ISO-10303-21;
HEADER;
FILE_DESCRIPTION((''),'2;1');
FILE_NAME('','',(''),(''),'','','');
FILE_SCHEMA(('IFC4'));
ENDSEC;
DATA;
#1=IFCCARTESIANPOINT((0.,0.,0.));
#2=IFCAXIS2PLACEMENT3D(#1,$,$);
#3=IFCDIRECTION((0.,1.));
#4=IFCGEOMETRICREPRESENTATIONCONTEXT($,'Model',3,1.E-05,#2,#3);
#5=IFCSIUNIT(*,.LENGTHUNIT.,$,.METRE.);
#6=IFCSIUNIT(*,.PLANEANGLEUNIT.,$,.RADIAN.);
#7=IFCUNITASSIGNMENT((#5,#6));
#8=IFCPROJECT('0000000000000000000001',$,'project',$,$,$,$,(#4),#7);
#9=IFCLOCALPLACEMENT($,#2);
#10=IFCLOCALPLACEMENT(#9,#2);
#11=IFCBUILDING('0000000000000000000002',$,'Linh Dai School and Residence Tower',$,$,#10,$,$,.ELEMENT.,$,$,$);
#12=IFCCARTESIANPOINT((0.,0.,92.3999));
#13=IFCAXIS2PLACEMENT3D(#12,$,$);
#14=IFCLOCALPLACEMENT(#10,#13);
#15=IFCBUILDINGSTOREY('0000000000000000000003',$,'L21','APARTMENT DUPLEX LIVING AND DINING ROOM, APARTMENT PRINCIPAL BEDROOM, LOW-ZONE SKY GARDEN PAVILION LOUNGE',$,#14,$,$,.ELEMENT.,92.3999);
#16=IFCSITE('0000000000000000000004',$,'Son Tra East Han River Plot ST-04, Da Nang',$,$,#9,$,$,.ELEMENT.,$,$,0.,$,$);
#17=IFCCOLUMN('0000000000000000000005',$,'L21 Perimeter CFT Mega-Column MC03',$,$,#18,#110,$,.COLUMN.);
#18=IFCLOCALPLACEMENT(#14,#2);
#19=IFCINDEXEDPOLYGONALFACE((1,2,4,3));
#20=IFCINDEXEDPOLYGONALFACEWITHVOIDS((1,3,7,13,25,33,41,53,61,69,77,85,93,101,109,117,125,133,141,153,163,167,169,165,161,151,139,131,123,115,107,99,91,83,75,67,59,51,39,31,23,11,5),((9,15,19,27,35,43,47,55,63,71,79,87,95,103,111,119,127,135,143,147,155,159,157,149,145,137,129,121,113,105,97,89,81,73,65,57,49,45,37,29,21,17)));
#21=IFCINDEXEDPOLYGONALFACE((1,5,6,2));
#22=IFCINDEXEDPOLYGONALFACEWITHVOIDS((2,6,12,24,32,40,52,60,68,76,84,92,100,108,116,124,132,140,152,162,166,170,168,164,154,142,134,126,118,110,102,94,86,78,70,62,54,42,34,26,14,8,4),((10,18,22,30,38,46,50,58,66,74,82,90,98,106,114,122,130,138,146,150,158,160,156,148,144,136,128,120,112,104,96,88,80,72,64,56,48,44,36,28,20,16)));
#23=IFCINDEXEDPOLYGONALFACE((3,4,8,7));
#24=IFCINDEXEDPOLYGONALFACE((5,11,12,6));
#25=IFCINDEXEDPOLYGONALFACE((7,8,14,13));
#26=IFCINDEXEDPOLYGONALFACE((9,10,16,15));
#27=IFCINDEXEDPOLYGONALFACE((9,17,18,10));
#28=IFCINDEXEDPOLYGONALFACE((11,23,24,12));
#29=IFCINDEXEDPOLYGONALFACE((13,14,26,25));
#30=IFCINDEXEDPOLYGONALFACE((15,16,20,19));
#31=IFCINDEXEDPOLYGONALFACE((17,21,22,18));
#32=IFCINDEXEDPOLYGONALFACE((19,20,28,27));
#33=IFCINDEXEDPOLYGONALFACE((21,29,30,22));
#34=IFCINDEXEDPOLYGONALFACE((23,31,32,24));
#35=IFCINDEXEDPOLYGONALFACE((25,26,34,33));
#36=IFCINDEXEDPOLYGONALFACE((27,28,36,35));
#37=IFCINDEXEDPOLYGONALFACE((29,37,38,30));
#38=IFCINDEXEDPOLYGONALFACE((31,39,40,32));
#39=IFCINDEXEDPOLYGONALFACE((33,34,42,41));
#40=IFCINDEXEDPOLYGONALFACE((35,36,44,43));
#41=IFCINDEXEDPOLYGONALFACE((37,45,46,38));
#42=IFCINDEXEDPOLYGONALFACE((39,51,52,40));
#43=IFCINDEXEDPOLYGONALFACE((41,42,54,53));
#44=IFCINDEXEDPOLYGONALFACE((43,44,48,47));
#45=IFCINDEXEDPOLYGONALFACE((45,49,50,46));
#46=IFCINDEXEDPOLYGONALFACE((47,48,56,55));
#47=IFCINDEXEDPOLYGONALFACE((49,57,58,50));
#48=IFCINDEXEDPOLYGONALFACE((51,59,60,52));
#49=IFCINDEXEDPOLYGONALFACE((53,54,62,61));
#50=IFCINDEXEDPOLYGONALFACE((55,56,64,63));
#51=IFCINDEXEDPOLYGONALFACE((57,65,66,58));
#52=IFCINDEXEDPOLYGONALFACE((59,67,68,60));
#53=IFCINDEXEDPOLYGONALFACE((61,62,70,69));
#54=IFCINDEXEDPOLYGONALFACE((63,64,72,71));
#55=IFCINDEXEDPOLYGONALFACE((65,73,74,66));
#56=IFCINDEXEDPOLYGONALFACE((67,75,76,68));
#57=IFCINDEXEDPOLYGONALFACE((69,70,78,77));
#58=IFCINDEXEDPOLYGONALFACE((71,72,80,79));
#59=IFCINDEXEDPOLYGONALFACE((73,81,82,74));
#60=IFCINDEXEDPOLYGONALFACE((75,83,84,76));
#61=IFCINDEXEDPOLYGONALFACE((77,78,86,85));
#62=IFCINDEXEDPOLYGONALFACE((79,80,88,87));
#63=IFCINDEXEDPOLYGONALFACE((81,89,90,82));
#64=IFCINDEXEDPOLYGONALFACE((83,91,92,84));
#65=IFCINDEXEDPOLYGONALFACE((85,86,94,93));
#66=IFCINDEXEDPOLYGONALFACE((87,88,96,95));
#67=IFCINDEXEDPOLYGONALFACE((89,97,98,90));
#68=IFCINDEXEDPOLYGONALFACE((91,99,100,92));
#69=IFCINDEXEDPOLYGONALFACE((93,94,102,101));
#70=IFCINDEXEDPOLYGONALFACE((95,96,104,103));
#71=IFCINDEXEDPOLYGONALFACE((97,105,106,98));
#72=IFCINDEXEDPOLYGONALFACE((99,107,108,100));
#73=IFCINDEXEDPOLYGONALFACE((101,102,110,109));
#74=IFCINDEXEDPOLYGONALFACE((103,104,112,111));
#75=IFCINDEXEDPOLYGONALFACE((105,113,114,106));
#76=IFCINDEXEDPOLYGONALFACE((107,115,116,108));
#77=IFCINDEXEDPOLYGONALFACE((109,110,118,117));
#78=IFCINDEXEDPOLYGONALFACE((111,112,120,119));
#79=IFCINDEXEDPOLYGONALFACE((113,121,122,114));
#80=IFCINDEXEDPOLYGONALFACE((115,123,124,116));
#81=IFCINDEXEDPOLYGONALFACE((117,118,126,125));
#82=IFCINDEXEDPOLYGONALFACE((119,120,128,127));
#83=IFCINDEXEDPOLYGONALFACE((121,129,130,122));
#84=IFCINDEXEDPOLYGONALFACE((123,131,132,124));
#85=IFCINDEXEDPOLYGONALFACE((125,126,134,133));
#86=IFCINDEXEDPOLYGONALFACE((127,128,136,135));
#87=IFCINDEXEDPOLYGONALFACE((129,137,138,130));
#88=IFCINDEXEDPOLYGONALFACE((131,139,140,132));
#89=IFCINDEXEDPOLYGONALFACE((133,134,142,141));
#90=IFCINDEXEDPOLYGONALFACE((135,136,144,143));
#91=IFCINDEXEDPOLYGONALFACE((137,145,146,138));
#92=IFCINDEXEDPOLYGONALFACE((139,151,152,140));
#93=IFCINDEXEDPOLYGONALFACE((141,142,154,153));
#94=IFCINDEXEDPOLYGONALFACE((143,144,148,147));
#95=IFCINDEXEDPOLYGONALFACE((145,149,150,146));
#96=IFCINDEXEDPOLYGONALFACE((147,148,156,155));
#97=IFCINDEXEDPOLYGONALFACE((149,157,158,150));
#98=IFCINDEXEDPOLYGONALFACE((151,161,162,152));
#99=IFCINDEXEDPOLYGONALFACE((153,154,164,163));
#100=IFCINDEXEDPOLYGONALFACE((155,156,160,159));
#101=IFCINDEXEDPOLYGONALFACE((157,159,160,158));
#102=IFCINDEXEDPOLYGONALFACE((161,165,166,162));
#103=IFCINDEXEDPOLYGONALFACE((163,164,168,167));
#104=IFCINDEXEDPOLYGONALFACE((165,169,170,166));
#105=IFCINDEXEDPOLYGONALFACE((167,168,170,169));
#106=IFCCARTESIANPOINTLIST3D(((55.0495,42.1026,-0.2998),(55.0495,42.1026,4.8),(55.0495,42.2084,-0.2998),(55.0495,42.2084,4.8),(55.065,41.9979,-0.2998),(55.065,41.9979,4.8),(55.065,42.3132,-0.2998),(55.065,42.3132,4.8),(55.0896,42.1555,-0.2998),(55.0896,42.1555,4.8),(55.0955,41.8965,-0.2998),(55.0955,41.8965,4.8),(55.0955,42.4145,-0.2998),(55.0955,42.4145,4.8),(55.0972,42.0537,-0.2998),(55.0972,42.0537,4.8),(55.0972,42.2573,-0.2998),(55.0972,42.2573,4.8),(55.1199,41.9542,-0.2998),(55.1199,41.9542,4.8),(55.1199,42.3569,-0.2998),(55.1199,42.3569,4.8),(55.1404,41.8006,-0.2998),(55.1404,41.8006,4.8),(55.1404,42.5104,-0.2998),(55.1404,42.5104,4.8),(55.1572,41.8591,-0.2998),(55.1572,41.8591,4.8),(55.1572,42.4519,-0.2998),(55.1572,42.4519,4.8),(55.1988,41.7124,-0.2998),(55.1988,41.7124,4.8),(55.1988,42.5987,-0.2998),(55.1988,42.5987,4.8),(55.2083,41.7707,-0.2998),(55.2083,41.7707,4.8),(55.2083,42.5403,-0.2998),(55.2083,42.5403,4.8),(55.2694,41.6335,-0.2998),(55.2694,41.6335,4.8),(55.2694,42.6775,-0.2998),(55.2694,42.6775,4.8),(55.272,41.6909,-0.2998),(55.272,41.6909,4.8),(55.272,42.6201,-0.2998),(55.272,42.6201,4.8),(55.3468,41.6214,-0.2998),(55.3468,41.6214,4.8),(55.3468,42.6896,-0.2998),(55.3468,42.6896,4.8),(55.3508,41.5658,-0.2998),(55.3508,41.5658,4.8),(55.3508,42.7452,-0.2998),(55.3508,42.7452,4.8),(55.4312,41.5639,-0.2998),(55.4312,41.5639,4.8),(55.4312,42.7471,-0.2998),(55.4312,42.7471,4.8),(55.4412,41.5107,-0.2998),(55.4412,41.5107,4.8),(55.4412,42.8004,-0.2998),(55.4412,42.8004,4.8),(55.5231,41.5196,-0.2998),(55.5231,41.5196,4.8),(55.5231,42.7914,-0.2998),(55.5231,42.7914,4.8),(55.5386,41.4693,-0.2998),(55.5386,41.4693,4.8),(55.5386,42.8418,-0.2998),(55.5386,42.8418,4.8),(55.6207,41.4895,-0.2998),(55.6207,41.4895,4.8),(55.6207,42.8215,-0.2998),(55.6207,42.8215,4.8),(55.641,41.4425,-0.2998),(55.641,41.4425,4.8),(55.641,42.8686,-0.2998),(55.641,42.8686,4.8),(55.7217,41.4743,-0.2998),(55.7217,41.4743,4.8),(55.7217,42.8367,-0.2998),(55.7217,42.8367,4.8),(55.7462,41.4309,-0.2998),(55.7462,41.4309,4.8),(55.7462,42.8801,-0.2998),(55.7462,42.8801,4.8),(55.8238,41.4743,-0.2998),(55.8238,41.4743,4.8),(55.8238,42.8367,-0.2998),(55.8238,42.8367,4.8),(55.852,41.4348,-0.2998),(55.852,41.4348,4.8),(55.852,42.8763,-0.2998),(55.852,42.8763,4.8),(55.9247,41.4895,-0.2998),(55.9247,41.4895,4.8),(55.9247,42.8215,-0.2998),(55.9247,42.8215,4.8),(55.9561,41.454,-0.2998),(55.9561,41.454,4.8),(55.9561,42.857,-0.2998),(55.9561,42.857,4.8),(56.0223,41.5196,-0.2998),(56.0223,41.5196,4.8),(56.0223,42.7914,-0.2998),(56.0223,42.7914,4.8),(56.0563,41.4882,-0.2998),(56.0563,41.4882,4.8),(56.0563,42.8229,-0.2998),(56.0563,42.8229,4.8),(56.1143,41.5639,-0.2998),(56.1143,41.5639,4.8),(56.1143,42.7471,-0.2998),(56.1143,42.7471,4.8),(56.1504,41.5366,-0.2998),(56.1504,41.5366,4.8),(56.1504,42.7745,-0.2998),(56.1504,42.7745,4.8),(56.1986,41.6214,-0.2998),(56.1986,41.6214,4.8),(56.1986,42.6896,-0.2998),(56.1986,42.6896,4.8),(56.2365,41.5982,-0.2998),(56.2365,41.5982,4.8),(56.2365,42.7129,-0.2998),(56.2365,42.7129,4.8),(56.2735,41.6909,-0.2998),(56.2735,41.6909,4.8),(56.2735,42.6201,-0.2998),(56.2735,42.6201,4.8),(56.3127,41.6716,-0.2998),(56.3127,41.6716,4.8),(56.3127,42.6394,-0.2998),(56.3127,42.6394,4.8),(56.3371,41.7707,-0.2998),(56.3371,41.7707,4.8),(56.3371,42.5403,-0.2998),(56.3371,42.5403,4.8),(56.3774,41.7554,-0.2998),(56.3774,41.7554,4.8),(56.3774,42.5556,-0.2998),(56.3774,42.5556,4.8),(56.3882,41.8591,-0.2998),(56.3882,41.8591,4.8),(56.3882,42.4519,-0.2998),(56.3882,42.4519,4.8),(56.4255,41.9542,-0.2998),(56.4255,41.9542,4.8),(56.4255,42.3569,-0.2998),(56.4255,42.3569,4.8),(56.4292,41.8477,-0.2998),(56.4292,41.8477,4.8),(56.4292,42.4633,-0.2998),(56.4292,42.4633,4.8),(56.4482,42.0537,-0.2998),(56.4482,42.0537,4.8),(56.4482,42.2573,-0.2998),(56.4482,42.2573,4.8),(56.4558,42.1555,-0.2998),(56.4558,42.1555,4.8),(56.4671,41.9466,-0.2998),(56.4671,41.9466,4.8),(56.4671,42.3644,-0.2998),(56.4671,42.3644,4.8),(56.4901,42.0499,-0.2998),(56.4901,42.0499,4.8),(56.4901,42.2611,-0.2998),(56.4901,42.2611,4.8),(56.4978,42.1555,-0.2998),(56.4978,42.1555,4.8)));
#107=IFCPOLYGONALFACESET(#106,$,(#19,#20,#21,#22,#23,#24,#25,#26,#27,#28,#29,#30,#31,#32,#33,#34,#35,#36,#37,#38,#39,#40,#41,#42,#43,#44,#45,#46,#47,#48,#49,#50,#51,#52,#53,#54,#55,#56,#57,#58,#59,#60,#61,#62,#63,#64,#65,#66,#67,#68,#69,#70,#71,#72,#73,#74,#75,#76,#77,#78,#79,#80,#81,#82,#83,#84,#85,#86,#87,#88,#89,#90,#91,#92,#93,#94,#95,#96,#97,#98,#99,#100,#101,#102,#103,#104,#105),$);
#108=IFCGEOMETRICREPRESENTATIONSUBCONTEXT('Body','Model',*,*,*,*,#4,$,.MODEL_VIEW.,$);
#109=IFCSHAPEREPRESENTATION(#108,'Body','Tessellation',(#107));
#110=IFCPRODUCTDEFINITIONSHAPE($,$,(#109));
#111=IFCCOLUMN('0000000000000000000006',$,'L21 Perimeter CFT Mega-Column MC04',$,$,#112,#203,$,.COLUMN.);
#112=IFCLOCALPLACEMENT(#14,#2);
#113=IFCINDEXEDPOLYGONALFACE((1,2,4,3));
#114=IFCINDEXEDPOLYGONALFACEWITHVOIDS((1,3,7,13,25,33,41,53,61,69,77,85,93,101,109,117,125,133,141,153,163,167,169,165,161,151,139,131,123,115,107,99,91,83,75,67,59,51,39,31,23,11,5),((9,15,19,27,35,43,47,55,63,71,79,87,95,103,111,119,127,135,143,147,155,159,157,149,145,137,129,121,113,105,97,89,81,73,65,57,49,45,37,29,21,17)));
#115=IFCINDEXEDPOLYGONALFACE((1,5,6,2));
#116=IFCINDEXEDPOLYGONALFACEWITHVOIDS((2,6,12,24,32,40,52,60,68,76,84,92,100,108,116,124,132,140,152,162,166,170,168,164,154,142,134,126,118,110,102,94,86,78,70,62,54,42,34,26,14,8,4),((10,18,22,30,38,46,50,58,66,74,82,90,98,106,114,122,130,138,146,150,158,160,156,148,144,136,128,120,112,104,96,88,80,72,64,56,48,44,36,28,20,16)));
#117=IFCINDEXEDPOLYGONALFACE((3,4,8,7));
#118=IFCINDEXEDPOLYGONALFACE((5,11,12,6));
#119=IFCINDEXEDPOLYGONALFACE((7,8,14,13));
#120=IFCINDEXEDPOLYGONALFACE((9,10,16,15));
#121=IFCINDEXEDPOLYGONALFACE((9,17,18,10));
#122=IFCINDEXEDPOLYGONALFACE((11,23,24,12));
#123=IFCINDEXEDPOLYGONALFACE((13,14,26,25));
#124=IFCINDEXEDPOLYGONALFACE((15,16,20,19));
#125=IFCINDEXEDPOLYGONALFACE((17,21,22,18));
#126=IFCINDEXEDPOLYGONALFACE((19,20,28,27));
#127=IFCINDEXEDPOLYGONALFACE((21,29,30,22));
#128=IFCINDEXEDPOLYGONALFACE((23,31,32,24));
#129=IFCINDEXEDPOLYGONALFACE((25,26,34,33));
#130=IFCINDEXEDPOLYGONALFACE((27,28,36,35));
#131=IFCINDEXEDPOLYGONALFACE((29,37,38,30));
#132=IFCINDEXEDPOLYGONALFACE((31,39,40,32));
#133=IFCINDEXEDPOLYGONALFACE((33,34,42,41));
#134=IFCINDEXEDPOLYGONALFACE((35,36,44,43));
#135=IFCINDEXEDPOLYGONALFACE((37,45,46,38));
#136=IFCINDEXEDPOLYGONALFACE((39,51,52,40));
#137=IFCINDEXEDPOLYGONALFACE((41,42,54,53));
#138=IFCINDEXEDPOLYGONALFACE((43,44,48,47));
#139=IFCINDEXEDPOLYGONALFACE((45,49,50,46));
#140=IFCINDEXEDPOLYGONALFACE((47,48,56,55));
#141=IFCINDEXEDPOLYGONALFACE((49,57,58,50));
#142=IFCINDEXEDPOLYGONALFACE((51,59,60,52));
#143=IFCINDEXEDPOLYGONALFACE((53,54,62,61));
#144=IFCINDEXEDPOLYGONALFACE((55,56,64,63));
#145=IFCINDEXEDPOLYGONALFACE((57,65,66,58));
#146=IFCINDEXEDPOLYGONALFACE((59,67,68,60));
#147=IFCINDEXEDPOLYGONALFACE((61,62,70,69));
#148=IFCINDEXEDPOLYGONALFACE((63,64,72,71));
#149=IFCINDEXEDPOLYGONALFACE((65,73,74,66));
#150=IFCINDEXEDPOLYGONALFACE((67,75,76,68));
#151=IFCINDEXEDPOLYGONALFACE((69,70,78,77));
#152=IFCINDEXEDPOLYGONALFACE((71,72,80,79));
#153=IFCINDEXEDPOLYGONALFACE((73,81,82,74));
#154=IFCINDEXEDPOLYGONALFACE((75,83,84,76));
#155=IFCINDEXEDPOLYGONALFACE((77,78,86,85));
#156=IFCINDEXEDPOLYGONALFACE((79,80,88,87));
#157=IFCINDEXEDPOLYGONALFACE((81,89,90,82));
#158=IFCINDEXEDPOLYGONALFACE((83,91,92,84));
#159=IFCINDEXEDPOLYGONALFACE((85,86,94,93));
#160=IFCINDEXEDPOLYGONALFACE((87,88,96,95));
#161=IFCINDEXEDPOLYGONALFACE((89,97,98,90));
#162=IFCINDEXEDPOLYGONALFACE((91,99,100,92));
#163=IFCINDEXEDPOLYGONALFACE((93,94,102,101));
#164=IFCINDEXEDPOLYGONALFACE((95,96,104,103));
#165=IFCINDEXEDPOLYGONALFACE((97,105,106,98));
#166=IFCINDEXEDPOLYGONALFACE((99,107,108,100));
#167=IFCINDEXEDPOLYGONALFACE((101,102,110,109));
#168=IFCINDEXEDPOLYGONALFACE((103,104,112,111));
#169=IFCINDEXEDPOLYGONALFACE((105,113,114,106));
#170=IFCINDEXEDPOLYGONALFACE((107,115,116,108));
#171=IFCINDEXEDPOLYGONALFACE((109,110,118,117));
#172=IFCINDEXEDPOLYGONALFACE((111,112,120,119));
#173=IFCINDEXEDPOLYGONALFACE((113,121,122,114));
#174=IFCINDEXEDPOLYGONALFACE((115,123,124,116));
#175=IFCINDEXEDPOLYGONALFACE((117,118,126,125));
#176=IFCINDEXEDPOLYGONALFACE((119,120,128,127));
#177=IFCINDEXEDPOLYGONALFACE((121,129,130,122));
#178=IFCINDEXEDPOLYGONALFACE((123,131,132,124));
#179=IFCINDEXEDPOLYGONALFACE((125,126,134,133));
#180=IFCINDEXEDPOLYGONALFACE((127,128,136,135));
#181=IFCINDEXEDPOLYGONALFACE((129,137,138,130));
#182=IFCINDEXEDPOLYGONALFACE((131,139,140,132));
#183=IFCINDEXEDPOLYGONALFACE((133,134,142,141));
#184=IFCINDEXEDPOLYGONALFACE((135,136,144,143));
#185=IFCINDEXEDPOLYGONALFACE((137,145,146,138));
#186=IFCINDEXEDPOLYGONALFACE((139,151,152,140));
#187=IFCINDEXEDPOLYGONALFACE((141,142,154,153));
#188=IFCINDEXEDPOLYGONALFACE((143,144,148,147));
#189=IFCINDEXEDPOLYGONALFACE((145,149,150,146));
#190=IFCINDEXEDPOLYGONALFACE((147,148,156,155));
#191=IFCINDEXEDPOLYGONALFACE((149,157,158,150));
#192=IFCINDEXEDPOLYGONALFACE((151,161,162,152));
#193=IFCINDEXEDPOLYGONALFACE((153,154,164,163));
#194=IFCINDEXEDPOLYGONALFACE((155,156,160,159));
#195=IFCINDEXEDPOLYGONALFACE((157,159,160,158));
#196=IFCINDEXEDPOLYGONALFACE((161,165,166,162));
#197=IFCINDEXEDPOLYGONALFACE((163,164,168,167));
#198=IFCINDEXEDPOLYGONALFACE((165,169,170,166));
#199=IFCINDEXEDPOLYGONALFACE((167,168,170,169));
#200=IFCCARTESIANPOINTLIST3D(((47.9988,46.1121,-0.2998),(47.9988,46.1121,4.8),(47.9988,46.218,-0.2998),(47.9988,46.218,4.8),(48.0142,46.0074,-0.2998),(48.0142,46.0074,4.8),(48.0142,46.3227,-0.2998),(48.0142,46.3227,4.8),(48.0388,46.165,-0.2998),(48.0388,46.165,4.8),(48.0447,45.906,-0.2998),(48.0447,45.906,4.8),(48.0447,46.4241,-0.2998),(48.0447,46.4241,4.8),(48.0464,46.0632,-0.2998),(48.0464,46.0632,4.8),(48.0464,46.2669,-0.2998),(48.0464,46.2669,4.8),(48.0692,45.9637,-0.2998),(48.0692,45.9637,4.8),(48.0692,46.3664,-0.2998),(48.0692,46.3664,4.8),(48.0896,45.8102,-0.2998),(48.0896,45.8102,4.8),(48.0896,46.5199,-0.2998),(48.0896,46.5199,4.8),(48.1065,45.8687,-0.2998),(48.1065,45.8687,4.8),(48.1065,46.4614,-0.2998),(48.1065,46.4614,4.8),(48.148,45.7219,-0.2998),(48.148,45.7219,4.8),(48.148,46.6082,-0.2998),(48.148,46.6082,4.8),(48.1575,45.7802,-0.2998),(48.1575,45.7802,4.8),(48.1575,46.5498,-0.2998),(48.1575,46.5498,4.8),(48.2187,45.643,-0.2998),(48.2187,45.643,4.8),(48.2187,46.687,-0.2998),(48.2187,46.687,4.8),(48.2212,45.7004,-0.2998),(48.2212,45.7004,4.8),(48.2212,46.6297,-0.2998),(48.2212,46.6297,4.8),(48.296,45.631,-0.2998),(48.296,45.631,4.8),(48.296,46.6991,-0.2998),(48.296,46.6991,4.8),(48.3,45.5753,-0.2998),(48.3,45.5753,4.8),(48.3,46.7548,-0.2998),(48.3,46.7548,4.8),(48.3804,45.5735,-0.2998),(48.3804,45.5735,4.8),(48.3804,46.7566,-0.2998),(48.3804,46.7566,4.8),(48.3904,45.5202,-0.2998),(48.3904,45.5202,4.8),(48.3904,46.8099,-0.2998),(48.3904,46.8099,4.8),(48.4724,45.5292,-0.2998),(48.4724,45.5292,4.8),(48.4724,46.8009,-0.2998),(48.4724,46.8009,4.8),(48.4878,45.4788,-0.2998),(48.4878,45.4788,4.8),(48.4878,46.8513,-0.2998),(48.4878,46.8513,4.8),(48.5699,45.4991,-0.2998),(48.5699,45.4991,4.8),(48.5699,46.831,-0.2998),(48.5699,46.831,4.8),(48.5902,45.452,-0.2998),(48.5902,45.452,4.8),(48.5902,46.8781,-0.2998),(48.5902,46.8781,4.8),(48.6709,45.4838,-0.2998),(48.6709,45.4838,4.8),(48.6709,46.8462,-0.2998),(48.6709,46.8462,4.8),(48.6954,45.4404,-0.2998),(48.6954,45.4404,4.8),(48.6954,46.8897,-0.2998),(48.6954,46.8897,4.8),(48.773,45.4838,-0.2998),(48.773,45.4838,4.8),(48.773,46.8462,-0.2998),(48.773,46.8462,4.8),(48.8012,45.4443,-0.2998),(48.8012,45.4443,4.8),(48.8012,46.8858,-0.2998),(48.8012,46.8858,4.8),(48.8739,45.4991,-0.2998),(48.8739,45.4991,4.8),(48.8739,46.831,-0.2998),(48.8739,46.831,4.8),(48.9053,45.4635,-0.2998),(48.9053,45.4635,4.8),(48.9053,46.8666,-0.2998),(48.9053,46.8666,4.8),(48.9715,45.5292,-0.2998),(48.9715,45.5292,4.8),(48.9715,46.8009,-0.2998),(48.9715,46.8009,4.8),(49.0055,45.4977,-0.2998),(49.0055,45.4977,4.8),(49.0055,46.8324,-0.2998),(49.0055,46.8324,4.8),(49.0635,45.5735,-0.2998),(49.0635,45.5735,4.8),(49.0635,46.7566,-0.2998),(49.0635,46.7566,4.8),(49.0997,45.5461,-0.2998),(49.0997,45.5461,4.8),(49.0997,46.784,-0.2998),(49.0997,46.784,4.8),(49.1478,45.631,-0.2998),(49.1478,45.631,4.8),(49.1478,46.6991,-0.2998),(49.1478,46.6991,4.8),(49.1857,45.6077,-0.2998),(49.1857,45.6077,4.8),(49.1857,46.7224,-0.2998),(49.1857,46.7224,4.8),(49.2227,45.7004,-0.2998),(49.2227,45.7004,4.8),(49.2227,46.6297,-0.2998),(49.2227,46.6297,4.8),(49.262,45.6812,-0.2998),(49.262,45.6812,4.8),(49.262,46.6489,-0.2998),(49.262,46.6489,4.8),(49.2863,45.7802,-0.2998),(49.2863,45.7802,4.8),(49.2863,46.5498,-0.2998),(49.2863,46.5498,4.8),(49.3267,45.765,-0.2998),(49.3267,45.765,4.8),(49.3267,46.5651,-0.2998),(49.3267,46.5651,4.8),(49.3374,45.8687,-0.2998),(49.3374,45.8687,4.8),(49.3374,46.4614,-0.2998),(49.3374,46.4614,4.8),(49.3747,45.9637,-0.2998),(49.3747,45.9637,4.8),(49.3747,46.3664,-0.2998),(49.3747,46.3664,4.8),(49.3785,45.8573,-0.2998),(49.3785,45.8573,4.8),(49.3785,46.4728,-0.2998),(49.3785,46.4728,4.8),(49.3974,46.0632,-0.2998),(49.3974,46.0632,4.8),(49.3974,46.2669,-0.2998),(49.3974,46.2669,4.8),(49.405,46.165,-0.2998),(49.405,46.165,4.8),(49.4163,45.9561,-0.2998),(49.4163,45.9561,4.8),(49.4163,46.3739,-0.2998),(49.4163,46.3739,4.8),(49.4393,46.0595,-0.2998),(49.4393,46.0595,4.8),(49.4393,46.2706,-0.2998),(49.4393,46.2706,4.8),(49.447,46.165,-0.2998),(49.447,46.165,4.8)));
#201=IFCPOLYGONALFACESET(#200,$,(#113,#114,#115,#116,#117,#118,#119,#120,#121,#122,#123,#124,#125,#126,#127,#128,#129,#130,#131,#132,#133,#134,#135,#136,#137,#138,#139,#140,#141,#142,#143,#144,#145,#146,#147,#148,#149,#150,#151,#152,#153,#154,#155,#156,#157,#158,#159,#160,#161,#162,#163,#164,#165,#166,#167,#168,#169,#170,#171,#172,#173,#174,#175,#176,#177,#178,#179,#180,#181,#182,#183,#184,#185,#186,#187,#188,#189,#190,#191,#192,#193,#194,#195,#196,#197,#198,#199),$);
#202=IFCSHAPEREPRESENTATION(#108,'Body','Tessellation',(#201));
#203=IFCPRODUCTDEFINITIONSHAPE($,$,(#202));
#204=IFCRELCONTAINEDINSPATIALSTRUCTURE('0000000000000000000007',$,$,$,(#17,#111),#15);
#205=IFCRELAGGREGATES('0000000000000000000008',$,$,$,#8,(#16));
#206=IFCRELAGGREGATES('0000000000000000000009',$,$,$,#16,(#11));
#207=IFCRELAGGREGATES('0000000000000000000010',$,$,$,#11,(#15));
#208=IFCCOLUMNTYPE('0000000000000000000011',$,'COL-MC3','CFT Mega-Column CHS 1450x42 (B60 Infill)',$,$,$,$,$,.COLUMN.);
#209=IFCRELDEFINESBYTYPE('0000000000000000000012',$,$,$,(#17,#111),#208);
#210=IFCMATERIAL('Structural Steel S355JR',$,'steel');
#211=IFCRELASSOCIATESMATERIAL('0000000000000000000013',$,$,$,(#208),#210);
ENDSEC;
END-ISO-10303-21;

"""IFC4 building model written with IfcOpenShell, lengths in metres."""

from ifc_helpers import new_model, si_unit, direction, frame, origin, origin_2d, place, context, subcontext, project, spatial, hollow_circle, extrude, material, material_profile, profile_set, type_object, element, save


model = new_model("IFC4")

# Units and contexts
model_context = context("Model", 3, precision=1e-05, world=origin(), true_north=direction((0.0, 1.0)))
body_context = subcontext(model_context, "Body", "Model", "MODEL_VIEW")
ifc_project = project(units=[si_unit("LENGTHUNIT", "METRE"), si_unit("PLANEANGLEUNIT", "RADIAN")], contexts=[model_context])

# Site, building, storey
site_placement = place(None, origin())
site = spatial("IfcSite", under=ifc_project, at=site_placement, Name="Son Tra East Han River Plot ST-04, Da Nang", CompositionType="ELEMENT", RefElevation=0.0)
building_placement = place(site_placement, origin())
building = spatial("IfcBuilding", under=site, at=building_placement, Name="Linh Dai School and Residence Tower", CompositionType="ELEMENT")
storey_placement = place(building_placement, frame((0.0, 0.0, 92.3999)))
storey = spatial("IfcBuildingStorey", under=building, at=storey_placement, Name="L21", Description="APARTMENT DUPLEX LIVING AND DINING ROOM, APARTMENT PRINCIPAL BEDROOM, LOW-ZONE SKY GARDEN PAVILION LOUNGE", CompositionType="ELEMENT", Elevation=92.3999)

# Columns
ifc_material_1 = material(Name="Structural Steel S355JR", Category="steel")
ifc_material_profile_1 = material_profile(ifc_material_1, hollow_circle(Radius=0.7251, WallThickness=0.042, at=origin_2d()), Name="CHS 1450x42")
ifc_profile_set_1 = profile_set([ifc_material_profile_1], Name="Structural Steel S355JR")
column_type = type_object("IfcColumnType", Name="COL-MC3", Description="CFT Mega-Column CHS 1450x42 (B60 Infill)", PredefinedType="COLUMN", material=ifc_profile_set_1)
for number, where, z_axis, x_axis, name in (
    (1, (55.7727, 42.1555, -0.2998), (0.0, 0.0, 1.0), (1.0, 0.0, 0.0), "L21 Perimeter CFT Mega-Column MC03"),
    (2, (48.7219, 46.165, -0.2998), (0.0, 0.0, 1.0), (1.0, 0.0, 0.0), "L21 Perimeter CFT Mega-Column MC04"),
):
    element("IfcColumn", number, at=place(storey_placement, frame(where, z_axis=z_axis, x_axis=x_axis)), inside=storey, type_object=column_type, Name=name, PredefinedType="COLUMN", context=body_context, shape_type="SweptSolid", body=[
        extrude(hollow_circle(Radius=0.7251, WallThickness=0.042, at=origin_2d()), origin(), (0.0, 0.0, 1.0), 5.0999),
    ])

save(model, "model.ifc")
